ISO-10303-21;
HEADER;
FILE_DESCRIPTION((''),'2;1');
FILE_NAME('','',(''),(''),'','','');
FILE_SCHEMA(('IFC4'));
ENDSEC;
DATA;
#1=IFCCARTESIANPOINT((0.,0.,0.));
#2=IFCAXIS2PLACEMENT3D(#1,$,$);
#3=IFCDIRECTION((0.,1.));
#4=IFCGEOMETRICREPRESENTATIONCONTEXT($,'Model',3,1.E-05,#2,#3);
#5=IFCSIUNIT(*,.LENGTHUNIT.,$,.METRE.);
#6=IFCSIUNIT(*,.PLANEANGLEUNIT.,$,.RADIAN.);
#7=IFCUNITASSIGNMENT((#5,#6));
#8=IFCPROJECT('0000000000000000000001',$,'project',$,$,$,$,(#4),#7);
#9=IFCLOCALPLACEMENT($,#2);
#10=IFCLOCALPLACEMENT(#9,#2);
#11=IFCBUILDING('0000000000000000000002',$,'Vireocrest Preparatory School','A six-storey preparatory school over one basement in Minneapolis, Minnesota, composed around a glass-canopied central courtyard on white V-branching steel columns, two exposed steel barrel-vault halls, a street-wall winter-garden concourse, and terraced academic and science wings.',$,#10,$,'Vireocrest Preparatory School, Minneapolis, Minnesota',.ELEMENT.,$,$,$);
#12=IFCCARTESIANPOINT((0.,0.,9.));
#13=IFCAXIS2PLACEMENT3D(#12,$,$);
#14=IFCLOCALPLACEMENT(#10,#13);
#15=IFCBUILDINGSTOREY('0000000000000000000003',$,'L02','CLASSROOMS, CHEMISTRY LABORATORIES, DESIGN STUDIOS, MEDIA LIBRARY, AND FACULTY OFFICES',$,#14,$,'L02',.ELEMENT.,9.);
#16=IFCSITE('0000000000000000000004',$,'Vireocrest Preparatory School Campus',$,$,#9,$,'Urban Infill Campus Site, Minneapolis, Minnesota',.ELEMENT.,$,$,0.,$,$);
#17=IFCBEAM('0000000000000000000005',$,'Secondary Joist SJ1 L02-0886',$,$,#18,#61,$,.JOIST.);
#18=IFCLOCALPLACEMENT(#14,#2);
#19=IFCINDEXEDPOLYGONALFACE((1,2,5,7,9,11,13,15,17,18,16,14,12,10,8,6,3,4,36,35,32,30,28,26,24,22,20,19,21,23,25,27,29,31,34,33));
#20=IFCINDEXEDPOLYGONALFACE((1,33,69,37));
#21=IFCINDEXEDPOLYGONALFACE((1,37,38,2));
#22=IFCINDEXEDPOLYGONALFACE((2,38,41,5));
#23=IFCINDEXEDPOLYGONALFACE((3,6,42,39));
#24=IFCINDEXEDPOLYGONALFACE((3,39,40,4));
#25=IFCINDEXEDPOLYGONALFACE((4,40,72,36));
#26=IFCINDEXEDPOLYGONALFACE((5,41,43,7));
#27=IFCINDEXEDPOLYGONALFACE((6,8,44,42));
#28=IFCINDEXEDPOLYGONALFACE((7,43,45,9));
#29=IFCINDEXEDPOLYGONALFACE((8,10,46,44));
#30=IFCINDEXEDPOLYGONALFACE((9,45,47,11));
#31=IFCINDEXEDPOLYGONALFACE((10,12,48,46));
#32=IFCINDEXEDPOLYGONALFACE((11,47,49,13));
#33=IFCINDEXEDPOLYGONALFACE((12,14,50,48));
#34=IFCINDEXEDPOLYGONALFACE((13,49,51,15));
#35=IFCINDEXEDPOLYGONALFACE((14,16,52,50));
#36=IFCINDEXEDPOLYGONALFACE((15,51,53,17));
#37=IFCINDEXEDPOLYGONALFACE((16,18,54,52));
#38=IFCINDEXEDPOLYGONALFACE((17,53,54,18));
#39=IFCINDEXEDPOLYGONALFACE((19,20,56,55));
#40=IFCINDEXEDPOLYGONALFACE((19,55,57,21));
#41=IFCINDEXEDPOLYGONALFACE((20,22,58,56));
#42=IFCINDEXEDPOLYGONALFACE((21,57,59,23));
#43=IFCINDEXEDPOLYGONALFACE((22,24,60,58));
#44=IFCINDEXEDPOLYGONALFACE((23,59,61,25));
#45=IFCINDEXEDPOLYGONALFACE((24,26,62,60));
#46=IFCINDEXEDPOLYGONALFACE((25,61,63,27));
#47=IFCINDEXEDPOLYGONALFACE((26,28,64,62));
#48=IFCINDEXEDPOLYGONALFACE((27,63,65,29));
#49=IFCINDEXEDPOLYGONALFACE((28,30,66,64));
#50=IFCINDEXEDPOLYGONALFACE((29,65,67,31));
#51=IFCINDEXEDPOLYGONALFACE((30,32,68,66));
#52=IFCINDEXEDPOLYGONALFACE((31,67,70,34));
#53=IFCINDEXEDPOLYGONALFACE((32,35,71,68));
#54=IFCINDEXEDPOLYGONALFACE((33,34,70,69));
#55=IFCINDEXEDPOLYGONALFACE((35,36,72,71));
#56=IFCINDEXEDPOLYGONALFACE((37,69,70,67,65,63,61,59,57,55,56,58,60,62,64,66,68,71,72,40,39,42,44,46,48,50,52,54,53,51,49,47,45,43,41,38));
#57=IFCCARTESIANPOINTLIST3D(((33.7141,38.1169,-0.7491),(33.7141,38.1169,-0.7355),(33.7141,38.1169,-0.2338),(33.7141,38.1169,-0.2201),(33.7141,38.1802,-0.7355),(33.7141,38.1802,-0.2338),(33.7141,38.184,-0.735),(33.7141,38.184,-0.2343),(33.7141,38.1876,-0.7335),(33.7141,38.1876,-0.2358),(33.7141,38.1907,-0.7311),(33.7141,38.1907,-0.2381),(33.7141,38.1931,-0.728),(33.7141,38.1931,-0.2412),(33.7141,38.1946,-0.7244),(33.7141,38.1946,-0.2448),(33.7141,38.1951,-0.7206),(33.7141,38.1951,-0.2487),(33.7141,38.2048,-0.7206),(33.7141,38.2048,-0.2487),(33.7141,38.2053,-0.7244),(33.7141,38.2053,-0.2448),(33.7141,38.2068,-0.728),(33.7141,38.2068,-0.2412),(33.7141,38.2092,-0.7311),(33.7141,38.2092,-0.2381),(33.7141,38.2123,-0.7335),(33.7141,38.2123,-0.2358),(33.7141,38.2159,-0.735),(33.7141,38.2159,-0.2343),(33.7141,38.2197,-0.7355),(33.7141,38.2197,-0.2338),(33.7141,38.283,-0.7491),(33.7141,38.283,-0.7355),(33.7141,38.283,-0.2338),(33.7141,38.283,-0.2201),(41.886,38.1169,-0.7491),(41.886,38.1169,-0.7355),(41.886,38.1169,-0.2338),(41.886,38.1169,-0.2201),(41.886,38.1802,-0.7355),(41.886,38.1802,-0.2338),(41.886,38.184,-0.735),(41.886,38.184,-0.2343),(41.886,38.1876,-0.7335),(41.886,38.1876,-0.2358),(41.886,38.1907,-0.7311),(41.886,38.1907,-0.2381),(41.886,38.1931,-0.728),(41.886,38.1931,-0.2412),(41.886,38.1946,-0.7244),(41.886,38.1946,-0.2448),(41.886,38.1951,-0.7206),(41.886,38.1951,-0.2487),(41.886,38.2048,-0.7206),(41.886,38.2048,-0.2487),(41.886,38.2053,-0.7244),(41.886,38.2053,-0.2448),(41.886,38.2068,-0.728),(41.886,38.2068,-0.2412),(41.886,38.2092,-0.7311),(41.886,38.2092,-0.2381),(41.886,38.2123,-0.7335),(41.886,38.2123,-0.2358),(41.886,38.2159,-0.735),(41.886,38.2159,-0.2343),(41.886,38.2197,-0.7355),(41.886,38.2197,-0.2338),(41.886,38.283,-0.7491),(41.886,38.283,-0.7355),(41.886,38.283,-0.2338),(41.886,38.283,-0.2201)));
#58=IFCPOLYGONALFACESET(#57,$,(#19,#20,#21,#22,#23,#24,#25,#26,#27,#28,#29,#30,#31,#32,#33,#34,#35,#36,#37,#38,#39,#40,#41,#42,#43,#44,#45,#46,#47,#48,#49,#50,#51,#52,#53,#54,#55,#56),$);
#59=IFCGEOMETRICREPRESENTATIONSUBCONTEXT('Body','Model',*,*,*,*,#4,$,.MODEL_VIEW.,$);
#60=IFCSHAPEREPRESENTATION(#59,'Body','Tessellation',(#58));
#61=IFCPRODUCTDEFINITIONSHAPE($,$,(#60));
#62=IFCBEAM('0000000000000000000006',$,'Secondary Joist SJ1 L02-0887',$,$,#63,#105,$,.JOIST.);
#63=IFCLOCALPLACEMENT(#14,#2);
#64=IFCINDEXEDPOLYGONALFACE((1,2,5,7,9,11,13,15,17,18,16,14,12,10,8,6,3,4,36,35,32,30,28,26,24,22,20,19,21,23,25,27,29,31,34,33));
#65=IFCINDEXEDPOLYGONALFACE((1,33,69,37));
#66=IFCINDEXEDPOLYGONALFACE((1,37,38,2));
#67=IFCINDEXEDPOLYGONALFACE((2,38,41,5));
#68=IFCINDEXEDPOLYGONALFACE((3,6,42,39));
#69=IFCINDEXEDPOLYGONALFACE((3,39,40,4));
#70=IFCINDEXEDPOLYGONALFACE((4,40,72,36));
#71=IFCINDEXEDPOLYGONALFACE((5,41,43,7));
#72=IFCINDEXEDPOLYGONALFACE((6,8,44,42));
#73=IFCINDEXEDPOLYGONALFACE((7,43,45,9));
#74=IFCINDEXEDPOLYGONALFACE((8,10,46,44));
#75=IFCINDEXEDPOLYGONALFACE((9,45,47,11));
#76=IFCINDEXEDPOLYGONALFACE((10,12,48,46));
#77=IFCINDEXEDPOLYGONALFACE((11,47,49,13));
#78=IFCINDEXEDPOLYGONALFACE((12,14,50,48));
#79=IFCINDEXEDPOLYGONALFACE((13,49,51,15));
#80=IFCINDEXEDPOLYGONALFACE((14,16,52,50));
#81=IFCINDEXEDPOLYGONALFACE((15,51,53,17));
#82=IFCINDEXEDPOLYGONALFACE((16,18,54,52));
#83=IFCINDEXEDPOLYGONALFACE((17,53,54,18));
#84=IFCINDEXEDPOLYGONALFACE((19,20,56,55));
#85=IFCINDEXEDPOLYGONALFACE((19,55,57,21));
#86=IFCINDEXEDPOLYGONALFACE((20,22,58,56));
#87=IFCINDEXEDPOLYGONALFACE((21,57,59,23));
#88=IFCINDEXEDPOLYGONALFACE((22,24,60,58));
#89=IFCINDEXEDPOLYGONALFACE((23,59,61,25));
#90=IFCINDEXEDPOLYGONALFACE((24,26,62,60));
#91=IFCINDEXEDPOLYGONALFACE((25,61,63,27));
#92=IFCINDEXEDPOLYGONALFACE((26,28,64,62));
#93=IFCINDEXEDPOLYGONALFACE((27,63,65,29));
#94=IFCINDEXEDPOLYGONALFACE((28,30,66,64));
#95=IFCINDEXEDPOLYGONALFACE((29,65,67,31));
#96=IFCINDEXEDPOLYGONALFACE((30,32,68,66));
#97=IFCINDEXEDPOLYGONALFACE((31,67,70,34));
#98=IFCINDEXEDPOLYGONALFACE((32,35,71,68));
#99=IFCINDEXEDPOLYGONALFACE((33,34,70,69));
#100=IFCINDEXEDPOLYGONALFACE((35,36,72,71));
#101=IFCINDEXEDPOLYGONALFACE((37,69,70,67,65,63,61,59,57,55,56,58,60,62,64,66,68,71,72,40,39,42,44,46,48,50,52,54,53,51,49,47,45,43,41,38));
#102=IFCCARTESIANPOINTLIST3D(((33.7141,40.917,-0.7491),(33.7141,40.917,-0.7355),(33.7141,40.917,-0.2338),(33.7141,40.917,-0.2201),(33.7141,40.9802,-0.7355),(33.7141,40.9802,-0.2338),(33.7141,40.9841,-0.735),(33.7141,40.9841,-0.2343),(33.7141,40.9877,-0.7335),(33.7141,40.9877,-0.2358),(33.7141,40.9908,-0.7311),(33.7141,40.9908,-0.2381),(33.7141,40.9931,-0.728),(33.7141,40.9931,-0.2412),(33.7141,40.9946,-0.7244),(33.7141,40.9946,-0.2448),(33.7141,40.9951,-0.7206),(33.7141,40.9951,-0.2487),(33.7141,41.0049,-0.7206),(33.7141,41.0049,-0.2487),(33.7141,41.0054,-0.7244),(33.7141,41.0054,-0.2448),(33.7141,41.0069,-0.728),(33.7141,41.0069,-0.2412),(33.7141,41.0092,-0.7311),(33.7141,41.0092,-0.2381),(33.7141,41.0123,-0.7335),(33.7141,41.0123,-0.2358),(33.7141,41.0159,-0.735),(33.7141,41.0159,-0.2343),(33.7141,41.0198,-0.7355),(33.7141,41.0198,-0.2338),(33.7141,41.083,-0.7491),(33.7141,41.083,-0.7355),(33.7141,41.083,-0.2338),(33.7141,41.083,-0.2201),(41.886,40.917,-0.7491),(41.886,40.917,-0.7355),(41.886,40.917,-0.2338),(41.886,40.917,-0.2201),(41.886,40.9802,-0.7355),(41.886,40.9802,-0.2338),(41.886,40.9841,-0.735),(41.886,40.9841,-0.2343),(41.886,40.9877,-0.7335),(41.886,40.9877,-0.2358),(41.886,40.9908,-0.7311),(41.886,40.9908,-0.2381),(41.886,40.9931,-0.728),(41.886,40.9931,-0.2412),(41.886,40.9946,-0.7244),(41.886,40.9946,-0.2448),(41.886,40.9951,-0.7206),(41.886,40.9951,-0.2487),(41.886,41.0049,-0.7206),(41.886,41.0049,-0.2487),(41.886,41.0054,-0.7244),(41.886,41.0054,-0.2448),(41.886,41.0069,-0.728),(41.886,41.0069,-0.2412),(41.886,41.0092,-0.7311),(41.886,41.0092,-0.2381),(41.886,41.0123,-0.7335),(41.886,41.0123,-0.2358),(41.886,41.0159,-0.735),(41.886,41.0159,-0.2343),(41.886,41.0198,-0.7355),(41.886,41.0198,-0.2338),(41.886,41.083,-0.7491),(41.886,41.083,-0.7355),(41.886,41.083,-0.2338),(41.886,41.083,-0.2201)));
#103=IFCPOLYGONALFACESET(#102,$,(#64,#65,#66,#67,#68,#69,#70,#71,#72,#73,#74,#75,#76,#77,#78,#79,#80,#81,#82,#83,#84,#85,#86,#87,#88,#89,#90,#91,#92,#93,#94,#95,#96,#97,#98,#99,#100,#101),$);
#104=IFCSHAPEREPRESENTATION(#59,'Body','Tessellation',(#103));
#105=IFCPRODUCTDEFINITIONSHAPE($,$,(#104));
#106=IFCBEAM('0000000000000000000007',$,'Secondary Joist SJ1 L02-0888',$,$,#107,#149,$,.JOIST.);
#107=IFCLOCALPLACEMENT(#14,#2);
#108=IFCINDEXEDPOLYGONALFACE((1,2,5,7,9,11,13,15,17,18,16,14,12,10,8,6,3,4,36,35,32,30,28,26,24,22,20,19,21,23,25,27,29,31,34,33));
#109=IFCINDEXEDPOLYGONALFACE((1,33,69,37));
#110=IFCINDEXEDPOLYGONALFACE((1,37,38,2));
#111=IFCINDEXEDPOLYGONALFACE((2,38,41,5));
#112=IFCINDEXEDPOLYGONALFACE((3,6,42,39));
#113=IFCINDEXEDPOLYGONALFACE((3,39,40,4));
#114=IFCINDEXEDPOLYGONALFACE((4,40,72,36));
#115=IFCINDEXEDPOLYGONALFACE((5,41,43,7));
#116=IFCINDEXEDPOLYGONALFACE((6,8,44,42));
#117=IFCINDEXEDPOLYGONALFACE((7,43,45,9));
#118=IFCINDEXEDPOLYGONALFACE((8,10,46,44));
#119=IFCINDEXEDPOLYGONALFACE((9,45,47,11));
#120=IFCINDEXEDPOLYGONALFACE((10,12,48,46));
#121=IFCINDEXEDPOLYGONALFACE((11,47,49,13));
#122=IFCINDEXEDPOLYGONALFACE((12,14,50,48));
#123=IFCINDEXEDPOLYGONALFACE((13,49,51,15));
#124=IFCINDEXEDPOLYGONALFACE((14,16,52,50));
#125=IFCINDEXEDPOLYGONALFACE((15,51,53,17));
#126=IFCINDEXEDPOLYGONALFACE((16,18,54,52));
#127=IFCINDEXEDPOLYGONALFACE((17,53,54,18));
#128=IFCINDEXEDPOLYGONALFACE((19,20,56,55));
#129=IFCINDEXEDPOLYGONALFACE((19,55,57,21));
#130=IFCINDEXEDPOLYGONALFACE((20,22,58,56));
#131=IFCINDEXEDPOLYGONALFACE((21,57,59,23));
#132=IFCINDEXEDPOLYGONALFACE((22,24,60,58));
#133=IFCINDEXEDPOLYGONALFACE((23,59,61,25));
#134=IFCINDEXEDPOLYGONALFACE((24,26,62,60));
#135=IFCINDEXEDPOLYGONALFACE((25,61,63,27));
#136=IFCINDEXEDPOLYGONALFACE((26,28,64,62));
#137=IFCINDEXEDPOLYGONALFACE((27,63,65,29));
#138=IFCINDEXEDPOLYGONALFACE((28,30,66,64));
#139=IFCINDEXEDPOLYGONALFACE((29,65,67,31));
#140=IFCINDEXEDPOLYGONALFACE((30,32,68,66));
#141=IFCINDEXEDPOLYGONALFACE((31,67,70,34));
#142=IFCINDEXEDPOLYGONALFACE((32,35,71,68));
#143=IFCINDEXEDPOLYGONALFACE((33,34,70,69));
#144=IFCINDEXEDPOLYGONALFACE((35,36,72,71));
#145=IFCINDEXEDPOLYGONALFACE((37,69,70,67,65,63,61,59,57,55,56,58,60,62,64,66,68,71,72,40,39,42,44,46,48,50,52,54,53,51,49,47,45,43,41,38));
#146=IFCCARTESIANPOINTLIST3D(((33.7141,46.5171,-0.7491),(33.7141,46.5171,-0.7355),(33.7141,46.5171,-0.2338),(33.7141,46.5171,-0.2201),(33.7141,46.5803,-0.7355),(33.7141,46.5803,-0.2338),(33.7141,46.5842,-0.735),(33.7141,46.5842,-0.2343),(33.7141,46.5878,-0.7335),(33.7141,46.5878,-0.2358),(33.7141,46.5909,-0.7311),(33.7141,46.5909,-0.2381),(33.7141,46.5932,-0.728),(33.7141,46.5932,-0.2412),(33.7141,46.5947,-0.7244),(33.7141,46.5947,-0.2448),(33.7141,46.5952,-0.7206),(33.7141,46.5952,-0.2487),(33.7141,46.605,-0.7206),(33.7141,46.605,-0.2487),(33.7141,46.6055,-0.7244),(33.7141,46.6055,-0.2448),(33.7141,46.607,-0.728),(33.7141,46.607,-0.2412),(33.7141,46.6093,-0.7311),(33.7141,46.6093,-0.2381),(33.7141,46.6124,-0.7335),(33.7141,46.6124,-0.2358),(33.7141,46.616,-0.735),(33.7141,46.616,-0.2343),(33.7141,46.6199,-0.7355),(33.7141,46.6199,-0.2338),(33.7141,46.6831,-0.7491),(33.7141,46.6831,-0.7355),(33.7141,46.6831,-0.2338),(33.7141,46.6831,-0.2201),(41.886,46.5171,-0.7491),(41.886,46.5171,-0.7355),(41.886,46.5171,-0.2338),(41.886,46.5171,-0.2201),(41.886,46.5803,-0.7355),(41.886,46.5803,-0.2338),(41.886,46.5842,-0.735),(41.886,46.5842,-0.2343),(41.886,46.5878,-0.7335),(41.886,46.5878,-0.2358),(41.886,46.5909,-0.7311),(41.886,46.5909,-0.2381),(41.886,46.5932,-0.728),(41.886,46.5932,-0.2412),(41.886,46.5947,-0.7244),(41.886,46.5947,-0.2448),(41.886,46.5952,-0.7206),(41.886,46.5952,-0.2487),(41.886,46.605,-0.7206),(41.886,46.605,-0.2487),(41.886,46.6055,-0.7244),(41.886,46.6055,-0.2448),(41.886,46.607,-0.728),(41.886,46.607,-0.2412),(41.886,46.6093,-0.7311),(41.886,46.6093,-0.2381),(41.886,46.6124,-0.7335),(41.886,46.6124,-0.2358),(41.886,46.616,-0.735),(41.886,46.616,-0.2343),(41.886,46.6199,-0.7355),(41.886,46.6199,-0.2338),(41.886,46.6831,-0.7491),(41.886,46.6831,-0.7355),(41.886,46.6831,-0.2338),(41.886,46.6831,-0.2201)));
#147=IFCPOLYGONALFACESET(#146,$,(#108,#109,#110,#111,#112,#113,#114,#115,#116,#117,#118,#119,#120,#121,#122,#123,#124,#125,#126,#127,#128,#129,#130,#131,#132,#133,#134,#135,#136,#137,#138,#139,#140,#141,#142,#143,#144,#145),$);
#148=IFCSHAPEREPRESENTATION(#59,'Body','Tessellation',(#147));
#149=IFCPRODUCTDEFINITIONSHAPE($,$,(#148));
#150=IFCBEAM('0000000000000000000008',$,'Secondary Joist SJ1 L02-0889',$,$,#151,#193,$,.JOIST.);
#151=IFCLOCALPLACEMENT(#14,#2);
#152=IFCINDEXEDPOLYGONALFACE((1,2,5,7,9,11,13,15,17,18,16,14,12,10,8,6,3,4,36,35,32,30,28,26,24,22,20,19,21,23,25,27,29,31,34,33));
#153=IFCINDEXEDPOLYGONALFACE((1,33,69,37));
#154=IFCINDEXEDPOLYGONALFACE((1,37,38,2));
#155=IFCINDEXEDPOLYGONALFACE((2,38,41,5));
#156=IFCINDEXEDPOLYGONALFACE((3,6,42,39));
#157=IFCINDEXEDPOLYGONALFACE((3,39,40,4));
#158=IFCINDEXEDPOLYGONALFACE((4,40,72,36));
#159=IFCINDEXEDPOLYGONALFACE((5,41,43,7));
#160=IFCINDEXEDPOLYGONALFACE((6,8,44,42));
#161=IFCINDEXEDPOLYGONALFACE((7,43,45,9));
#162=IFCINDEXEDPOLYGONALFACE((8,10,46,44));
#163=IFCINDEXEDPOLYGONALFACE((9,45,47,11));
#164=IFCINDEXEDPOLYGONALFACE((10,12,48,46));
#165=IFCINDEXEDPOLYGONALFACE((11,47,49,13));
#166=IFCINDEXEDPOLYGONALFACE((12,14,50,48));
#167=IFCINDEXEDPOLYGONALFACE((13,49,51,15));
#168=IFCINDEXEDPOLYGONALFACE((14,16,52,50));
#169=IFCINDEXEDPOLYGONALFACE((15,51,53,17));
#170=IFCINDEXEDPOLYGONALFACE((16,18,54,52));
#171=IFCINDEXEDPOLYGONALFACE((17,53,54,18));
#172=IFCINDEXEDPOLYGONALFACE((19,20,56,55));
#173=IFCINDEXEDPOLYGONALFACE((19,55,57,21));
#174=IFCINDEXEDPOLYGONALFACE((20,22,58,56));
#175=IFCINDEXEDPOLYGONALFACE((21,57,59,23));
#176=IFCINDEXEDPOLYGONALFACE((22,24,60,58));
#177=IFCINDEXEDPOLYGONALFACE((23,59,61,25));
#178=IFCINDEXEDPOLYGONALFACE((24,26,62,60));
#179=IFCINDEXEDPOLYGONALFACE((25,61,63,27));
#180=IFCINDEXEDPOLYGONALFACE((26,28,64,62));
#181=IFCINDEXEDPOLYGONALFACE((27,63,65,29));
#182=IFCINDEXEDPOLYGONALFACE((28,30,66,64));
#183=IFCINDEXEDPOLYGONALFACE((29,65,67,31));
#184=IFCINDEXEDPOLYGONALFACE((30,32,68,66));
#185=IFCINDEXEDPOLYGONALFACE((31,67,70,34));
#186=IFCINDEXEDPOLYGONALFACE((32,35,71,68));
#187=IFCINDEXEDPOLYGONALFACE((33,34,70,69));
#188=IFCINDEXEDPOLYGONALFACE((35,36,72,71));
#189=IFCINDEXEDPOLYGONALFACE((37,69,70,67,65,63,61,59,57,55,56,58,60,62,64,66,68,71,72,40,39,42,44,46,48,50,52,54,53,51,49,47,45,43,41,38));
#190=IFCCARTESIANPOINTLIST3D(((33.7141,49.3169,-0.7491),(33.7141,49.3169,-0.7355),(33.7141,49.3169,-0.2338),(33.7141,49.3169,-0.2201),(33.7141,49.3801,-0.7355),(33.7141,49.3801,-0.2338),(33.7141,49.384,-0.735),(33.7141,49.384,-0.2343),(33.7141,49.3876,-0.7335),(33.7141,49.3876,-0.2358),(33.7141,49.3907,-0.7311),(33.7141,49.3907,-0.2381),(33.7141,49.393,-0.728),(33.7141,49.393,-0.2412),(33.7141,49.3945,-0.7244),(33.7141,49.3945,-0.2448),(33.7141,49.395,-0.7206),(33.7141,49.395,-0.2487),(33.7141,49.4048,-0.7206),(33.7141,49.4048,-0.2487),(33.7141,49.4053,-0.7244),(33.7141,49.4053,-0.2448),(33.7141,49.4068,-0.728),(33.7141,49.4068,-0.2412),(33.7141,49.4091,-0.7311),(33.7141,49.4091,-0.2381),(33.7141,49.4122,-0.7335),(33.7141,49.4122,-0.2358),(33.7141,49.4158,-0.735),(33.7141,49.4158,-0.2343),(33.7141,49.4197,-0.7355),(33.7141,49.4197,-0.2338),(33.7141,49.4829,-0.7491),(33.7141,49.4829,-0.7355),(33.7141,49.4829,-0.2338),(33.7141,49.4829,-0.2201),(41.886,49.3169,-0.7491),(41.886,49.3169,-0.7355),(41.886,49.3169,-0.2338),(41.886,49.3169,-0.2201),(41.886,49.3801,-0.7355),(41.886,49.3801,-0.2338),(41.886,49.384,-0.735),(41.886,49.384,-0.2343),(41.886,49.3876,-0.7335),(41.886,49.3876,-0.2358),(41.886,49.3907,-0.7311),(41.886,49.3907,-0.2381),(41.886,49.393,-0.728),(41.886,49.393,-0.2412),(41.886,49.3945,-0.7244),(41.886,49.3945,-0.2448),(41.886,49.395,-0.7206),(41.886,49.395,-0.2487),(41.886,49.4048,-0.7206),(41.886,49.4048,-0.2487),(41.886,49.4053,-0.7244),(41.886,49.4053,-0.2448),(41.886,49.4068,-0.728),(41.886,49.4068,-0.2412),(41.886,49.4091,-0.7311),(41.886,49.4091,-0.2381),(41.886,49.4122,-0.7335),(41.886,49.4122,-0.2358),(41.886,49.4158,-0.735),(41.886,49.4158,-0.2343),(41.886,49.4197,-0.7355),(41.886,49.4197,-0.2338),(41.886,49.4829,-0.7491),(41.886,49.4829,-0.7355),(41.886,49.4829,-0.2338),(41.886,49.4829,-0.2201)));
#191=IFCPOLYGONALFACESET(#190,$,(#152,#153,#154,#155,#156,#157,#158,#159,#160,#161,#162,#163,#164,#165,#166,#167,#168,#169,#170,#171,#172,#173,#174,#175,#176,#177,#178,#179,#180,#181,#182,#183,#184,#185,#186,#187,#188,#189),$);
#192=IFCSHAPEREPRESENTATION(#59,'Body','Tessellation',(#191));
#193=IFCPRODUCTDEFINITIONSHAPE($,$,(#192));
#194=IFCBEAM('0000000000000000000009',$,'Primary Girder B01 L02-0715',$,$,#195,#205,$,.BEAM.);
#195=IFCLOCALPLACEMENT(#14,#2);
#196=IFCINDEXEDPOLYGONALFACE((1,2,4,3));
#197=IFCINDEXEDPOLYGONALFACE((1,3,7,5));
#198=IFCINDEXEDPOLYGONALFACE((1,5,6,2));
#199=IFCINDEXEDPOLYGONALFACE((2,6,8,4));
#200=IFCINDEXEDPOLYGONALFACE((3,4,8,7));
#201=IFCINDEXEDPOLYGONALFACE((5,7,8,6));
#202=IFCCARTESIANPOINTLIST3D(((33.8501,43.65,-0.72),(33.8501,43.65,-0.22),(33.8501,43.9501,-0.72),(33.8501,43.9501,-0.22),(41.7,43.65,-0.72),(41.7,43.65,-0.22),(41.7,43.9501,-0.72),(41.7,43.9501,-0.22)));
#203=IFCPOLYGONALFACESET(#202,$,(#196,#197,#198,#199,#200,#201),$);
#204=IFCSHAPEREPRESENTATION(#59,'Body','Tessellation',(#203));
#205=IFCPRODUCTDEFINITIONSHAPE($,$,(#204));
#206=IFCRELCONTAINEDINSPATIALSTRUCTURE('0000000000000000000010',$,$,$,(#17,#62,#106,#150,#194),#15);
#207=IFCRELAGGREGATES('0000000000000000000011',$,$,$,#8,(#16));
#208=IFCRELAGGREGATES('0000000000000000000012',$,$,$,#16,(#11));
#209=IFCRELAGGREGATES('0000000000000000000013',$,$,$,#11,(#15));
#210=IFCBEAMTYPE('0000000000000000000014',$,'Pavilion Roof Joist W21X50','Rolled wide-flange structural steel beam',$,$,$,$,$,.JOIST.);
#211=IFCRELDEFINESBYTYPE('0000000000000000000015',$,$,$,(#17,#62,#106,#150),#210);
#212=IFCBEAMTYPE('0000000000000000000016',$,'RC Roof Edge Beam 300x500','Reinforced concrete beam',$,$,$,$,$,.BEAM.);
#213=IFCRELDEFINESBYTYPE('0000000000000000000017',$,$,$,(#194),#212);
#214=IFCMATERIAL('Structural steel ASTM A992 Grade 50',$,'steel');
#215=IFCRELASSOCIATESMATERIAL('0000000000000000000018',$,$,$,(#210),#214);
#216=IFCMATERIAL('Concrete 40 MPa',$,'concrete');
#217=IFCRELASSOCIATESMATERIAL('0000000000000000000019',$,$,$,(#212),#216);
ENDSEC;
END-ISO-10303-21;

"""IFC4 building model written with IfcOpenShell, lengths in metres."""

from ifc_helpers import new_model, si_unit, direction, frame, origin, origin_2d, place, context, subcontext, project, spatial, rectangle, i_section, extrude, material, material_profile, profile_set, type_object, element, save


model = new_model("IFC4")

# Units and contexts
model_context = context("Model", 3, precision=1e-05, world=origin(), true_north=direction((0.0, 1.0)))
body_context = subcontext(model_context, "Body", "Model", "MODEL_VIEW")
ifc_project = project(units=[si_unit("LENGTHUNIT", "METRE"), si_unit("PLANEANGLEUNIT", "RADIAN")], contexts=[model_context])

# Site, building, storey
site_placement = place(None, origin())
site = spatial("IfcSite", under=ifc_project, at=site_placement, Name="Vireocrest Preparatory School Campus", LongName="Urban Infill Campus Site, Minneapolis, Minnesota", CompositionType="ELEMENT", RefElevation=0.0)
building_placement = place(site_placement, origin())
building = spatial("IfcBuilding", under=site, at=building_placement, Name="Vireocrest Preparatory School", Description="A six-storey preparatory school over one basement in Minneapolis, Minnesota, composed around a glass-canopied central courtyard on white V-branching steel columns, two exposed steel barrel-vault halls, a street-wall winter-garden concourse, and terraced academic and science wings.", LongName="Vireocrest Preparatory School, Minneapolis, Minnesota", CompositionType="ELEMENT")
storey_placement = place(building_placement, frame((0.0, 0.0, 9.0)))
storey = spatial("IfcBuildingStorey", under=building, at=storey_placement, Name="L02", Description="CLASSROOMS, CHEMISTRY LABORATORIES, DESIGN STUDIOS, MEDIA LIBRARY, AND FACULTY OFFICES", LongName="L02", CompositionType="ELEMENT", Elevation=9.0)

# Beams
ifc_material_1 = material(Name="Structural steel ASTM A992 Grade 50", Category="steel")
ifc_material_profile_1 = material_profile(ifc_material_1, i_section(OverallWidth=0.166, OverallDepth=0.5291, WebThickness=0.0098, FlangeThickness=0.0137, FilletRadius=0.0149, at=origin_2d()), Name="W21X50")
ifc_profile_set_1 = profile_set([ifc_material_profile_1], Name="Structural steel ASTM A992 Grade 50")
beam_type_1 = type_object("IfcBeamType", Name="Pavilion Roof Joist W21X50", Description="Rolled wide-flange structural steel beam", PredefinedType="JOIST", material=ifc_profile_set_1)
for number, where, z_axis, x_axis, name in (
    (1, (33.7141, 38.2, -0.4846), (1.0, 0.0, 0.0), (0.0, 1.0, 0.0), "Secondary Joist SJ1 L02-0886"),
    (2, (33.7141, 41.0, -0.4846), (1.0, 0.0, 0.0), (0.0, 1.0, 0.0), "Secondary Joist SJ1 L02-0887"),
    (3, (33.7141, 46.6001, -0.4846), (1.0, 0.0, 0.0), (0.0, 1.0, 0.0), "Secondary Joist SJ1 L02-0888"),
    (4, (33.7141, 49.3999, -0.4846), (1.0, 0.0, 0.0), (0.0, 1.0, 0.0), "Secondary Joist SJ1 L02-0889"),
):
    element("IfcBeam", number, at=place(storey_placement, frame(where, z_axis=z_axis, x_axis=x_axis)), inside=storey, type_object=beam_type_1, Name=name, PredefinedType="JOIST", context=body_context, shape_type="SweptSolid", body=[
        extrude(i_section(OverallWidth=0.166, OverallDepth=0.5291, WebThickness=0.0098, FlangeThickness=0.0137, FilletRadius=0.0149, at=origin_2d()), origin(), (0.0, 0.0, 1.0), 8.1719),
    ])
ifc_material_2 = material(Name="Concrete 40 MPa", Category="concrete")
ifc_material_profile_2 = material_profile(ifc_material_2, rectangle(XDim=0.3, YDim=0.5, at=origin_2d()), Name="RC 300x500")
ifc_profile_set_2 = profile_set([ifc_material_profile_2], Name="Concrete 40 MPa")
beam_type_2 = type_object("IfcBeamType", Name="RC Roof Edge Beam 300x500", Description="Reinforced concrete beam", PredefinedType="BEAM", material=ifc_profile_set_2)
beam_1_placement = place(storey_placement, frame((33.8501, 43.8, -0.47), z_axis=(1.0, 0.0, 0.0), x_axis=(0.0, 1.0, 0.0)))
element("IfcBeam", 5, at=beam_1_placement, inside=storey, type_object=beam_type_2, Name="Primary Girder B01 L02-0715", PredefinedType="BEAM", context=body_context, shape_type="SweptSolid", body=[
    extrude(rectangle(XDim=0.3, YDim=0.5, at=origin_2d()), origin(), (0.0, 0.0, 1.0), 7.8499),
])

save(model, "model.ifc")
